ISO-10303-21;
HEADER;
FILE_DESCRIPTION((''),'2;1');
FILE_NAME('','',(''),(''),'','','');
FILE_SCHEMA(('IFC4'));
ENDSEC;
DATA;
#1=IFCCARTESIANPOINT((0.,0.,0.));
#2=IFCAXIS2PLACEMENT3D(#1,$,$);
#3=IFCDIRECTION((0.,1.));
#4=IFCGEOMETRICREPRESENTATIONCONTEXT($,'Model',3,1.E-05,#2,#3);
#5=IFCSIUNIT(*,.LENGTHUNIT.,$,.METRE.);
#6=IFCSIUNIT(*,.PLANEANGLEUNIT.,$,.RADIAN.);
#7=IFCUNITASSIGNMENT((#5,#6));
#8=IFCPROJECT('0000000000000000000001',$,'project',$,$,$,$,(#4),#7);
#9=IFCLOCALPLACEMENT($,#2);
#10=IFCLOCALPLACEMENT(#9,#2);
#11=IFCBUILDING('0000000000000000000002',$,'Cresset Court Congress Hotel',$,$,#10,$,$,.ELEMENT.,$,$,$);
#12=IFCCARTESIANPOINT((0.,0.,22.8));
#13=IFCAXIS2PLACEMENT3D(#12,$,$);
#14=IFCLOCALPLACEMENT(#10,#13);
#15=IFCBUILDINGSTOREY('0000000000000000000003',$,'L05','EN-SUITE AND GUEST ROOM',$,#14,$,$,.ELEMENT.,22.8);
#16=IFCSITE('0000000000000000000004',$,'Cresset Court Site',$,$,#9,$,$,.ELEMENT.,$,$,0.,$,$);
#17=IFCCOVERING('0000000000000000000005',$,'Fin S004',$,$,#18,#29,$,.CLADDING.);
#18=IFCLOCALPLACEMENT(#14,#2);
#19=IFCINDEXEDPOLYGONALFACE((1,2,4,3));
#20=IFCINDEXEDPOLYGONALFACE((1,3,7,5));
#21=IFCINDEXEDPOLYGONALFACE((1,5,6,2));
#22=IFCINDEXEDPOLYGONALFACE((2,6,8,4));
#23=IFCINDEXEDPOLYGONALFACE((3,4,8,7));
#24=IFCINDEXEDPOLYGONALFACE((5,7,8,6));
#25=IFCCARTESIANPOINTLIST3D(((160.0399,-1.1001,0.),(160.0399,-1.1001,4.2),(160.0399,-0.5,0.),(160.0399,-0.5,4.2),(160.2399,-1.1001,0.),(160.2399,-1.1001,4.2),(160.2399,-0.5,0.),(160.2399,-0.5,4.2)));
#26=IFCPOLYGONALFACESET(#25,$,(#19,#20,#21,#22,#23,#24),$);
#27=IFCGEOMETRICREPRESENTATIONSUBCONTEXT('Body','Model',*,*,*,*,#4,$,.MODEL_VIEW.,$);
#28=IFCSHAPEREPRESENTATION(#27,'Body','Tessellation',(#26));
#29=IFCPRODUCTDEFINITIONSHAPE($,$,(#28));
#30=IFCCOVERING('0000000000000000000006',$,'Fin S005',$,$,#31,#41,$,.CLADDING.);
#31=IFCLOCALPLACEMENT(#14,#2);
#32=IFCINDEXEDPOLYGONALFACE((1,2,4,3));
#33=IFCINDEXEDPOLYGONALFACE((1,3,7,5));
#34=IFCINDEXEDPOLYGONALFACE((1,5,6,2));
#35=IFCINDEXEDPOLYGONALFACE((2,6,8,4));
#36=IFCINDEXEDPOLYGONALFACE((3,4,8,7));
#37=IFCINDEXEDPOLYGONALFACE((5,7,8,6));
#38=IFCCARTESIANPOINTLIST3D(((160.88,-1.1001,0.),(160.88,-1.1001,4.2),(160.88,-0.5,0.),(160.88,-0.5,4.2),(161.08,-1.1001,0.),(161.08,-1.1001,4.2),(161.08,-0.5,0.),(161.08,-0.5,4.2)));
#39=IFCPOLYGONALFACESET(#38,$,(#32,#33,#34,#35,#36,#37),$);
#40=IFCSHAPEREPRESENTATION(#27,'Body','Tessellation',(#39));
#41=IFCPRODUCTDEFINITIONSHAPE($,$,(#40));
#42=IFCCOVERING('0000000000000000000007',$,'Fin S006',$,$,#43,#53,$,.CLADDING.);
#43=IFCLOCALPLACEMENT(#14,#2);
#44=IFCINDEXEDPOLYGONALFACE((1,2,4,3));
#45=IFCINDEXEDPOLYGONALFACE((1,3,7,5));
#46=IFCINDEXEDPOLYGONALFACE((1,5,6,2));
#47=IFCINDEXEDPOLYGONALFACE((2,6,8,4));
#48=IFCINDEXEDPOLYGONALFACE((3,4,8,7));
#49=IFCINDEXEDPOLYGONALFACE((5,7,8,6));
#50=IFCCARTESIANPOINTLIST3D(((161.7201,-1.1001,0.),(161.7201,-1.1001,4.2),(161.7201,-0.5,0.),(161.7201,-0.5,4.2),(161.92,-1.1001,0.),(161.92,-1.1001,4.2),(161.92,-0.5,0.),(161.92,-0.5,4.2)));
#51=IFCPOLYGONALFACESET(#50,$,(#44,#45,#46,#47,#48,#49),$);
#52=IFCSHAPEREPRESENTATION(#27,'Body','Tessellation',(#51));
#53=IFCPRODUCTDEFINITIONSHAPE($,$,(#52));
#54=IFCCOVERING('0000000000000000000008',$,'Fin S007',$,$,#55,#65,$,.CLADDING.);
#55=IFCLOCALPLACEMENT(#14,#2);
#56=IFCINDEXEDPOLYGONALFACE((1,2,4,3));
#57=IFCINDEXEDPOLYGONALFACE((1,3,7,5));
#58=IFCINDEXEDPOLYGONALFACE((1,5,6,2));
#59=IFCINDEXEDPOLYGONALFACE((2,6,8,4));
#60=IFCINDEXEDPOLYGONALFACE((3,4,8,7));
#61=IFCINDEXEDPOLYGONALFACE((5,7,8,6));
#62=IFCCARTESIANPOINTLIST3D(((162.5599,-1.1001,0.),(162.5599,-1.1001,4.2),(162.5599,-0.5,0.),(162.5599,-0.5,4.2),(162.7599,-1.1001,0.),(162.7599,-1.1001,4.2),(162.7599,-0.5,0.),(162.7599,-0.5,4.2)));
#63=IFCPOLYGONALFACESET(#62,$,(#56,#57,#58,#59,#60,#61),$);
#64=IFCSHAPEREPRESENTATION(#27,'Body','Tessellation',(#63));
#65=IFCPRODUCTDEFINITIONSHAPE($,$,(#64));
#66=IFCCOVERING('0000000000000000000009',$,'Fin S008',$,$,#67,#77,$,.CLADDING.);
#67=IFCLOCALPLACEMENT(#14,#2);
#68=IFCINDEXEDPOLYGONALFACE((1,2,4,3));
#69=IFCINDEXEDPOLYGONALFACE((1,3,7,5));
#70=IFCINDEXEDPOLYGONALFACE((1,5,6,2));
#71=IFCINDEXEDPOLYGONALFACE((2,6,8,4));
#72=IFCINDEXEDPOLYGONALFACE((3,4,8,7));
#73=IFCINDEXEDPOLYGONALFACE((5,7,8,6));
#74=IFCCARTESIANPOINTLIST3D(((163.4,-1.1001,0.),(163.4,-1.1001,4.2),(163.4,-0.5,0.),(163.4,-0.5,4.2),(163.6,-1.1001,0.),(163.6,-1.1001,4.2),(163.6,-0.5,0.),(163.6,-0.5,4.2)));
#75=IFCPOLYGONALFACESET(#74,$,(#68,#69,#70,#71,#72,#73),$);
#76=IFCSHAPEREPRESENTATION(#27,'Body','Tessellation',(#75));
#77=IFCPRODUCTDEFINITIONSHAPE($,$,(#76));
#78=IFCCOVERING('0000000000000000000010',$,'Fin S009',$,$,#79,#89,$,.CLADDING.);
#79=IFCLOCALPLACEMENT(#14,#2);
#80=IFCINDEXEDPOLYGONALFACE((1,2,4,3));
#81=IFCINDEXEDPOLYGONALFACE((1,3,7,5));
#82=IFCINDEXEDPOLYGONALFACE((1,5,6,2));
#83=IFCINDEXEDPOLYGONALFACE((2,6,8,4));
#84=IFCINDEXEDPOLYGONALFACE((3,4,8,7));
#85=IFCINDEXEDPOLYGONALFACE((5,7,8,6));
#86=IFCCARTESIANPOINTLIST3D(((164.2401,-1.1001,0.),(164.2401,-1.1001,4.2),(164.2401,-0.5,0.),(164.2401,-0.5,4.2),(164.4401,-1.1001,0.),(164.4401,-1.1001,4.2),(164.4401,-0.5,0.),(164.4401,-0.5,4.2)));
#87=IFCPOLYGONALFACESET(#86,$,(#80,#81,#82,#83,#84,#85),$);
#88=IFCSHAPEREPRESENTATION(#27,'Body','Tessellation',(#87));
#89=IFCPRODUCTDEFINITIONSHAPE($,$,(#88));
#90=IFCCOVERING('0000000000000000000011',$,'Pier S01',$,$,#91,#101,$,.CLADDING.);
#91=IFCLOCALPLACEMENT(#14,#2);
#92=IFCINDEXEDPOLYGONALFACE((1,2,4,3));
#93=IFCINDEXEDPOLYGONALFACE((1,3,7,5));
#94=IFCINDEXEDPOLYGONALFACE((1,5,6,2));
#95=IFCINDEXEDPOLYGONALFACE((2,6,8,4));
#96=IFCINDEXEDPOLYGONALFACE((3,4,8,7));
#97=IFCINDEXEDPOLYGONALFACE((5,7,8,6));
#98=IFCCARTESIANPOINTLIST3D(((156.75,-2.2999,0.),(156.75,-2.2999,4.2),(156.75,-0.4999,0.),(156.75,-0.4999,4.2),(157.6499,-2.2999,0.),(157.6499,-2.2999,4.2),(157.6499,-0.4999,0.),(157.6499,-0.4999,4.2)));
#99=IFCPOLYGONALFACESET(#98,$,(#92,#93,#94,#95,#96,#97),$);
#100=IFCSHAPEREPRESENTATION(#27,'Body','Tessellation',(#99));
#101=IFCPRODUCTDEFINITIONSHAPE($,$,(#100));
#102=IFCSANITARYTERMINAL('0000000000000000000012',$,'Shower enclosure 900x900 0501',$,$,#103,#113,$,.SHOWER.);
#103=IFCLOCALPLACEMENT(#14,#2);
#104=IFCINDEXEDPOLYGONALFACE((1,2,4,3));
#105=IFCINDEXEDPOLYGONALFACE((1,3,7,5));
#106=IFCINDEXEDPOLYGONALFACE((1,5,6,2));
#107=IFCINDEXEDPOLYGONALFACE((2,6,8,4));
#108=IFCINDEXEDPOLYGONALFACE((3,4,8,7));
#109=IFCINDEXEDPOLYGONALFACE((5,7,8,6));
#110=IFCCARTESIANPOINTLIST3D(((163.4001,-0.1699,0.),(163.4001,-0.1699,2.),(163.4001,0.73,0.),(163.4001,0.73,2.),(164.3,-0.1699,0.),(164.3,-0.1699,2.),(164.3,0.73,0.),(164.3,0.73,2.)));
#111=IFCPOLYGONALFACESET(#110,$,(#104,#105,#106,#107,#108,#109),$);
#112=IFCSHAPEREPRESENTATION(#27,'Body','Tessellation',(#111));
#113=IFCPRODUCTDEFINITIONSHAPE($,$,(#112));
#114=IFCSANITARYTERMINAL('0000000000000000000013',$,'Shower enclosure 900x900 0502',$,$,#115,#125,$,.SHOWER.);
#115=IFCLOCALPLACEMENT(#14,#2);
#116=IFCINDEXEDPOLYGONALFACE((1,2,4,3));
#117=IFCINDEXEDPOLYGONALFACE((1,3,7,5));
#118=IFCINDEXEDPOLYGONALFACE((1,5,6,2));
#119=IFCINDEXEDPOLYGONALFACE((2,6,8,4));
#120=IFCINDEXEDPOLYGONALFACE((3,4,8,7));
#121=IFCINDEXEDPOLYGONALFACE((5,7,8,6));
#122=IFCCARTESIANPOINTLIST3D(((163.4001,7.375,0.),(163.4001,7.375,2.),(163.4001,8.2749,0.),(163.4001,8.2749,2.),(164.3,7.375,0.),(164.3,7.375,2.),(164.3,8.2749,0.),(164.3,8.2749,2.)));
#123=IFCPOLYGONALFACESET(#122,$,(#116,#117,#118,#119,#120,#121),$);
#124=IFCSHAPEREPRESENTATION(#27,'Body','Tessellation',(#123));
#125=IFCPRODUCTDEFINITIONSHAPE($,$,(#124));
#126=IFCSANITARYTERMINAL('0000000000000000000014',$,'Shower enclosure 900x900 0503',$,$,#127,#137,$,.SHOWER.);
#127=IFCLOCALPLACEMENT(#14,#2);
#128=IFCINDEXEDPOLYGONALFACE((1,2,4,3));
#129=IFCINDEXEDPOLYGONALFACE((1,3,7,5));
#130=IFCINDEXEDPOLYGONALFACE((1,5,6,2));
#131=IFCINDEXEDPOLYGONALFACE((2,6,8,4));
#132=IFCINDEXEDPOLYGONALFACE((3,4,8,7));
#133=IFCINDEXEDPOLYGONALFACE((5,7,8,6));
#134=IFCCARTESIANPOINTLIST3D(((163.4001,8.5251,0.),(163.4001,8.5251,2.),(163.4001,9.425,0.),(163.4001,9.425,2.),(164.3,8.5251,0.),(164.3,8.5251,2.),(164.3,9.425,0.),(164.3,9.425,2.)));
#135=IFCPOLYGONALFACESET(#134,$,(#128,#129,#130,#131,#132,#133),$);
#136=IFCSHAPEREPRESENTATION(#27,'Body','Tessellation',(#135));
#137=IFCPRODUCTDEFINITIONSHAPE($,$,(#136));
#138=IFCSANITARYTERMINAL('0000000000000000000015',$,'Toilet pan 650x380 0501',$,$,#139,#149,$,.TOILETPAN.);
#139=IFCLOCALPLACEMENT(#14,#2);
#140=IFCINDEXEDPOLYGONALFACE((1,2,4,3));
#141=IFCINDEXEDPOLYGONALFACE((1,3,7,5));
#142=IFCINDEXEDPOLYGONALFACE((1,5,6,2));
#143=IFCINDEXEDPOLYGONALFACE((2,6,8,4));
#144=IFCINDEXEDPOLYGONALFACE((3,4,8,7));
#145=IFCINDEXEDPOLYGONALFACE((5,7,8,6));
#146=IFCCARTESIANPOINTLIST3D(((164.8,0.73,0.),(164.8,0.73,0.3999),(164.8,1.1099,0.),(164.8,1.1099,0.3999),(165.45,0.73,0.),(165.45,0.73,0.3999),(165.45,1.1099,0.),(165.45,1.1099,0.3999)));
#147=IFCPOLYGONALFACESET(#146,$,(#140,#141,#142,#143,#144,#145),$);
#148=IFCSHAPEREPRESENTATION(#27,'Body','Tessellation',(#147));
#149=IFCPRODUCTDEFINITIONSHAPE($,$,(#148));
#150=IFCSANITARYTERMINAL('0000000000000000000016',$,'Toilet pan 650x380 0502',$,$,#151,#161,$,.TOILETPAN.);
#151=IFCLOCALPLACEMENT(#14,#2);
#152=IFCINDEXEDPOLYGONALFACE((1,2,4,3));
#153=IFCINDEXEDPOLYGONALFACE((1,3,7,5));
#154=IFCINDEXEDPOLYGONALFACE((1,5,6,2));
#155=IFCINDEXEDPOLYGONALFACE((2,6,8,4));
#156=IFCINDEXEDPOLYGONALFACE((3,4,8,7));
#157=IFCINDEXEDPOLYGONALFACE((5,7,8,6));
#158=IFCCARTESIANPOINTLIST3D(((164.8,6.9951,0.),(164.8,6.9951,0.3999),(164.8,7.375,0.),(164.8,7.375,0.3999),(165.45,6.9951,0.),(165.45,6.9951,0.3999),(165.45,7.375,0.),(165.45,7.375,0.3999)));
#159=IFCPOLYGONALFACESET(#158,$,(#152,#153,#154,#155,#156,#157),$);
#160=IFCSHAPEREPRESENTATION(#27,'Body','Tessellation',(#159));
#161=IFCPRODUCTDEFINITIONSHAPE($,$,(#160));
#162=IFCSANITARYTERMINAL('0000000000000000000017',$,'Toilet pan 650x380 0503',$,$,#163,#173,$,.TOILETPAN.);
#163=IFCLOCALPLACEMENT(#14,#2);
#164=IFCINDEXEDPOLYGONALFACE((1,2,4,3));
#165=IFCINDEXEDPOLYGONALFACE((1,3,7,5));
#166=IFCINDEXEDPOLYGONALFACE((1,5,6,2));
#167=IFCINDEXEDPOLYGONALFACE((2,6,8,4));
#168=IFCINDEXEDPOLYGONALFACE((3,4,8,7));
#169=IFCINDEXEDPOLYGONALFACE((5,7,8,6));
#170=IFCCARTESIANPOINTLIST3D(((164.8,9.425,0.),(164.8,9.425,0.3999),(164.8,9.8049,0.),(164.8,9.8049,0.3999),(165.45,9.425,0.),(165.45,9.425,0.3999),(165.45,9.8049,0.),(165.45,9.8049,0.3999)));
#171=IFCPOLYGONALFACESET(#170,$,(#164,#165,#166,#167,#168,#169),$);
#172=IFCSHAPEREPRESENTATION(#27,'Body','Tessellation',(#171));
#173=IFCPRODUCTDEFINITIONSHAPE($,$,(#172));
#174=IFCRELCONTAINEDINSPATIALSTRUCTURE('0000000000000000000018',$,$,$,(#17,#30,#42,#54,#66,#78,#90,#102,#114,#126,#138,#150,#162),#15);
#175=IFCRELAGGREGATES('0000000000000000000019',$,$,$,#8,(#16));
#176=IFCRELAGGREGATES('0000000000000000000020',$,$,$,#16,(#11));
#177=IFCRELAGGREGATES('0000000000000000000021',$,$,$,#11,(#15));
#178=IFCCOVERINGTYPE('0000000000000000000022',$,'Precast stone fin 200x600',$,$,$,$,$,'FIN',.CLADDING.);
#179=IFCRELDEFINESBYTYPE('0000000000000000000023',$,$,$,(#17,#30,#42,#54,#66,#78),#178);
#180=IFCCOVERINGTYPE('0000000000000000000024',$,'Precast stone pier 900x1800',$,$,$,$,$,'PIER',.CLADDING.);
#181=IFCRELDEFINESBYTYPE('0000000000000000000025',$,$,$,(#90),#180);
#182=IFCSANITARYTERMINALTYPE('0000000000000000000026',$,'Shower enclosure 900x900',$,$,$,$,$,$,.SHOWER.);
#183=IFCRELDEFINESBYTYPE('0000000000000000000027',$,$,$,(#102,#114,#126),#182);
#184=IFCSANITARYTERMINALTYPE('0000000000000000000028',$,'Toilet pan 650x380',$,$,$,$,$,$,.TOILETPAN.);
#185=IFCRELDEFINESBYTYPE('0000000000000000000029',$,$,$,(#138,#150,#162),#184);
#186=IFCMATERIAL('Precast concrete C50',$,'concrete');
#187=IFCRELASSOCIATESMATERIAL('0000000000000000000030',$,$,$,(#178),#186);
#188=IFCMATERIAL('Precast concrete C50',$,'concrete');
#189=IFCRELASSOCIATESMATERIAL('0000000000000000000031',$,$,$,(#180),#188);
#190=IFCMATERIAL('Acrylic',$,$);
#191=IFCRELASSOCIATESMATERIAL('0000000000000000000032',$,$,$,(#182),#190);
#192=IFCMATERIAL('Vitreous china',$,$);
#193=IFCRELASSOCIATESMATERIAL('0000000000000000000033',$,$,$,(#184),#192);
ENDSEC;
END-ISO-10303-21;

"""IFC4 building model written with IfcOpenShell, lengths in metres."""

from ifc_helpers import new_model, si_unit, direction, frame, origin, origin_2d, place, context, subcontext, project, spatial, rectangle, extrude, material, type_object, element, save


model = new_model("IFC4")

# Units and contexts
model_context = context("Model", 3, precision=1e-05, world=origin(), true_north=direction((0.0, 1.0)))
body_context = subcontext(model_context, "Body", "Model", "MODEL_VIEW")
ifc_project = project(units=[si_unit("LENGTHUNIT", "METRE"), si_unit("PLANEANGLEUNIT", "RADIAN")], contexts=[model_context])

# Site, building, storey
site_placement = place(None, origin())
site = spatial("IfcSite", under=ifc_project, at=site_placement, Name="Cresset Court Site", CompositionType="ELEMENT", RefElevation=0.0)
building_placement = place(site_placement, origin())
building = spatial("IfcBuilding", under=site, at=building_placement, Name="Cresset Court Congress Hotel", CompositionType="ELEMENT")
storey_placement = place(building_placement, frame((0.0, 0.0, 22.8)))
storey = spatial("IfcBuildingStorey", under=building, at=storey_placement, Name="L05", Description="EN-SUITE AND GUEST ROOM", CompositionType="ELEMENT", Elevation=22.8)

# Coverings
ifc_material_1 = material(Name="Precast concrete C50", Category="concrete")
covering_type_1 = type_object("IfcCoveringType", Name="Precast stone fin 200x600", ElementType="FIN", PredefinedType="CLADDING", material=ifc_material_1)
for number, where, z_axis, x_axis, name in (
    (1, (160.1399, -0.8, 0.0), (0.0, 0.0, 1.0), (1.0, 0.0, 0.0), "Fin S004"),
    (2, (160.98, -0.8, 0.0), (0.0, 0.0, 1.0), (1.0, 0.0, 0.0), "Fin S005"),
    (3, (161.8201, -0.8, 0.0), (0.0, 0.0, 1.0), (1.0, 0.0, 0.0), "Fin S006"),
    (4, (162.6599, -0.8, 0.0), (0.0, 0.0, 1.0), (1.0, 0.0, 0.0), "Fin S007"),
    (5, (163.5, -0.8, 0.0), (0.0, 0.0, 1.0), (1.0, 0.0, 0.0), "Fin S008"),
    (6, (164.3401, -0.8, 0.0), (0.0, 0.0, 1.0), (1.0, 0.0, 0.0), "Fin S009"),
):
    element("IfcCovering", number, at=place(storey_placement, frame(where, z_axis=z_axis, x_axis=x_axis)), inside=storey, type_object=covering_type_1, Name=name, PredefinedType="CLADDING", context=body_context, shape_type="SweptSolid", body=[
        extrude(rectangle(XDim=0.2, YDim=0.6001, at=origin_2d()), origin(), (0.0, 0.0, 1.0), 4.2),
    ])
ifc_material_2 = material(Name="Precast concrete C50", Category="concrete")
covering_type_2 = type_object("IfcCoveringType", Name="Precast stone pier 900x1800", ElementType="PIER", PredefinedType="CLADDING", material=ifc_material_2)
covering_placement = place(storey_placement, frame((157.2, -1.3999, 0.0), z_axis=(0.0, 0.0, 1.0), x_axis=(1.0, 0.0, 0.0)))
element("IfcCovering", 7, at=covering_placement, inside=storey, type_object=covering_type_2, Name="Pier S01", PredefinedType="CLADDING", context=body_context, shape_type="SweptSolid", body=[
    extrude(rectangle(XDim=0.8999, YDim=1.8, at=origin_2d()), origin(), (0.0, 0.0, 1.0), 4.2),
])

# Sanitary terminals
ifc_material_3 = material(Name="Acrylic")
sanitary_terminal_type_1 = type_object("IfcSanitaryTerminalType", Name="Shower enclosure 900x900", PredefinedType="SHOWER", material=ifc_material_3)
for number, where, z_axis, x_axis, name in (
    (8, (163.8501, 0.28, 0.0), (0.0, 0.0, 1.0), (1.0, 0.0, 0.0), "Shower enclosure 900x900 0501"),
    (9, (163.8501, 7.825, 0.0), (0.0, 0.0, 1.0), (1.0, 0.0, 0.0), "Shower enclosure 900x900 0502"),
    (10, (163.8501, 8.9751, 0.0), (0.0, 0.0, 1.0), (1.0, 0.0, 0.0), "Shower enclosure 900x900 0503"),
):
    element("IfcSanitaryTerminal", number, at=place(storey_placement, frame(where, z_axis=z_axis, x_axis=x_axis)), inside=storey, type_object=sanitary_terminal_type_1, Name=name, PredefinedType="SHOWER", context=body_context, shape_type="SweptSolid", body=[
        extrude(rectangle(XDim=0.8999, YDim=0.8999, at=origin_2d()), origin(), (0.0, 0.0, 1.0), 2.0),
    ])
ifc_material_4 = material(Name="Vitreous china")
sanitary_terminal_type_2 = type_object("IfcSanitaryTerminalType", Name="Toilet pan 650x380", PredefinedType="TOILETPAN", material=ifc_material_4)
for number, where, z_axis, x_axis, name in (
    (11, (165.125, 0.9199, 0.0), (0.0, 0.0, 1.0), (1.0, 0.0, 0.0), "Toilet pan 650x380 0501"),
    (12, (165.125, 7.1851, 0.0), (0.0, 0.0, 1.0), (1.0, 0.0, 0.0), "Toilet pan 650x380 0502"),
    (13, (165.125, 9.615, 0.0), (0.0, 0.0, 1.0), (1.0, 0.0, 0.0), "Toilet pan 650x380 0503"),
):
    element("IfcSanitaryTerminal", number, at=place(storey_placement, frame(where, z_axis=z_axis, x_axis=x_axis)), inside=storey, type_object=sanitary_terminal_type_2, Name=name, PredefinedType="TOILETPAN", context=body_context, shape_type="SweptSolid", body=[
        extrude(rectangle(XDim=0.6499, YDim=0.3799, at=origin_2d()), origin(), (0.0, 0.0, 1.0), 0.3999),
    ])

save(model, "model.ifc")
